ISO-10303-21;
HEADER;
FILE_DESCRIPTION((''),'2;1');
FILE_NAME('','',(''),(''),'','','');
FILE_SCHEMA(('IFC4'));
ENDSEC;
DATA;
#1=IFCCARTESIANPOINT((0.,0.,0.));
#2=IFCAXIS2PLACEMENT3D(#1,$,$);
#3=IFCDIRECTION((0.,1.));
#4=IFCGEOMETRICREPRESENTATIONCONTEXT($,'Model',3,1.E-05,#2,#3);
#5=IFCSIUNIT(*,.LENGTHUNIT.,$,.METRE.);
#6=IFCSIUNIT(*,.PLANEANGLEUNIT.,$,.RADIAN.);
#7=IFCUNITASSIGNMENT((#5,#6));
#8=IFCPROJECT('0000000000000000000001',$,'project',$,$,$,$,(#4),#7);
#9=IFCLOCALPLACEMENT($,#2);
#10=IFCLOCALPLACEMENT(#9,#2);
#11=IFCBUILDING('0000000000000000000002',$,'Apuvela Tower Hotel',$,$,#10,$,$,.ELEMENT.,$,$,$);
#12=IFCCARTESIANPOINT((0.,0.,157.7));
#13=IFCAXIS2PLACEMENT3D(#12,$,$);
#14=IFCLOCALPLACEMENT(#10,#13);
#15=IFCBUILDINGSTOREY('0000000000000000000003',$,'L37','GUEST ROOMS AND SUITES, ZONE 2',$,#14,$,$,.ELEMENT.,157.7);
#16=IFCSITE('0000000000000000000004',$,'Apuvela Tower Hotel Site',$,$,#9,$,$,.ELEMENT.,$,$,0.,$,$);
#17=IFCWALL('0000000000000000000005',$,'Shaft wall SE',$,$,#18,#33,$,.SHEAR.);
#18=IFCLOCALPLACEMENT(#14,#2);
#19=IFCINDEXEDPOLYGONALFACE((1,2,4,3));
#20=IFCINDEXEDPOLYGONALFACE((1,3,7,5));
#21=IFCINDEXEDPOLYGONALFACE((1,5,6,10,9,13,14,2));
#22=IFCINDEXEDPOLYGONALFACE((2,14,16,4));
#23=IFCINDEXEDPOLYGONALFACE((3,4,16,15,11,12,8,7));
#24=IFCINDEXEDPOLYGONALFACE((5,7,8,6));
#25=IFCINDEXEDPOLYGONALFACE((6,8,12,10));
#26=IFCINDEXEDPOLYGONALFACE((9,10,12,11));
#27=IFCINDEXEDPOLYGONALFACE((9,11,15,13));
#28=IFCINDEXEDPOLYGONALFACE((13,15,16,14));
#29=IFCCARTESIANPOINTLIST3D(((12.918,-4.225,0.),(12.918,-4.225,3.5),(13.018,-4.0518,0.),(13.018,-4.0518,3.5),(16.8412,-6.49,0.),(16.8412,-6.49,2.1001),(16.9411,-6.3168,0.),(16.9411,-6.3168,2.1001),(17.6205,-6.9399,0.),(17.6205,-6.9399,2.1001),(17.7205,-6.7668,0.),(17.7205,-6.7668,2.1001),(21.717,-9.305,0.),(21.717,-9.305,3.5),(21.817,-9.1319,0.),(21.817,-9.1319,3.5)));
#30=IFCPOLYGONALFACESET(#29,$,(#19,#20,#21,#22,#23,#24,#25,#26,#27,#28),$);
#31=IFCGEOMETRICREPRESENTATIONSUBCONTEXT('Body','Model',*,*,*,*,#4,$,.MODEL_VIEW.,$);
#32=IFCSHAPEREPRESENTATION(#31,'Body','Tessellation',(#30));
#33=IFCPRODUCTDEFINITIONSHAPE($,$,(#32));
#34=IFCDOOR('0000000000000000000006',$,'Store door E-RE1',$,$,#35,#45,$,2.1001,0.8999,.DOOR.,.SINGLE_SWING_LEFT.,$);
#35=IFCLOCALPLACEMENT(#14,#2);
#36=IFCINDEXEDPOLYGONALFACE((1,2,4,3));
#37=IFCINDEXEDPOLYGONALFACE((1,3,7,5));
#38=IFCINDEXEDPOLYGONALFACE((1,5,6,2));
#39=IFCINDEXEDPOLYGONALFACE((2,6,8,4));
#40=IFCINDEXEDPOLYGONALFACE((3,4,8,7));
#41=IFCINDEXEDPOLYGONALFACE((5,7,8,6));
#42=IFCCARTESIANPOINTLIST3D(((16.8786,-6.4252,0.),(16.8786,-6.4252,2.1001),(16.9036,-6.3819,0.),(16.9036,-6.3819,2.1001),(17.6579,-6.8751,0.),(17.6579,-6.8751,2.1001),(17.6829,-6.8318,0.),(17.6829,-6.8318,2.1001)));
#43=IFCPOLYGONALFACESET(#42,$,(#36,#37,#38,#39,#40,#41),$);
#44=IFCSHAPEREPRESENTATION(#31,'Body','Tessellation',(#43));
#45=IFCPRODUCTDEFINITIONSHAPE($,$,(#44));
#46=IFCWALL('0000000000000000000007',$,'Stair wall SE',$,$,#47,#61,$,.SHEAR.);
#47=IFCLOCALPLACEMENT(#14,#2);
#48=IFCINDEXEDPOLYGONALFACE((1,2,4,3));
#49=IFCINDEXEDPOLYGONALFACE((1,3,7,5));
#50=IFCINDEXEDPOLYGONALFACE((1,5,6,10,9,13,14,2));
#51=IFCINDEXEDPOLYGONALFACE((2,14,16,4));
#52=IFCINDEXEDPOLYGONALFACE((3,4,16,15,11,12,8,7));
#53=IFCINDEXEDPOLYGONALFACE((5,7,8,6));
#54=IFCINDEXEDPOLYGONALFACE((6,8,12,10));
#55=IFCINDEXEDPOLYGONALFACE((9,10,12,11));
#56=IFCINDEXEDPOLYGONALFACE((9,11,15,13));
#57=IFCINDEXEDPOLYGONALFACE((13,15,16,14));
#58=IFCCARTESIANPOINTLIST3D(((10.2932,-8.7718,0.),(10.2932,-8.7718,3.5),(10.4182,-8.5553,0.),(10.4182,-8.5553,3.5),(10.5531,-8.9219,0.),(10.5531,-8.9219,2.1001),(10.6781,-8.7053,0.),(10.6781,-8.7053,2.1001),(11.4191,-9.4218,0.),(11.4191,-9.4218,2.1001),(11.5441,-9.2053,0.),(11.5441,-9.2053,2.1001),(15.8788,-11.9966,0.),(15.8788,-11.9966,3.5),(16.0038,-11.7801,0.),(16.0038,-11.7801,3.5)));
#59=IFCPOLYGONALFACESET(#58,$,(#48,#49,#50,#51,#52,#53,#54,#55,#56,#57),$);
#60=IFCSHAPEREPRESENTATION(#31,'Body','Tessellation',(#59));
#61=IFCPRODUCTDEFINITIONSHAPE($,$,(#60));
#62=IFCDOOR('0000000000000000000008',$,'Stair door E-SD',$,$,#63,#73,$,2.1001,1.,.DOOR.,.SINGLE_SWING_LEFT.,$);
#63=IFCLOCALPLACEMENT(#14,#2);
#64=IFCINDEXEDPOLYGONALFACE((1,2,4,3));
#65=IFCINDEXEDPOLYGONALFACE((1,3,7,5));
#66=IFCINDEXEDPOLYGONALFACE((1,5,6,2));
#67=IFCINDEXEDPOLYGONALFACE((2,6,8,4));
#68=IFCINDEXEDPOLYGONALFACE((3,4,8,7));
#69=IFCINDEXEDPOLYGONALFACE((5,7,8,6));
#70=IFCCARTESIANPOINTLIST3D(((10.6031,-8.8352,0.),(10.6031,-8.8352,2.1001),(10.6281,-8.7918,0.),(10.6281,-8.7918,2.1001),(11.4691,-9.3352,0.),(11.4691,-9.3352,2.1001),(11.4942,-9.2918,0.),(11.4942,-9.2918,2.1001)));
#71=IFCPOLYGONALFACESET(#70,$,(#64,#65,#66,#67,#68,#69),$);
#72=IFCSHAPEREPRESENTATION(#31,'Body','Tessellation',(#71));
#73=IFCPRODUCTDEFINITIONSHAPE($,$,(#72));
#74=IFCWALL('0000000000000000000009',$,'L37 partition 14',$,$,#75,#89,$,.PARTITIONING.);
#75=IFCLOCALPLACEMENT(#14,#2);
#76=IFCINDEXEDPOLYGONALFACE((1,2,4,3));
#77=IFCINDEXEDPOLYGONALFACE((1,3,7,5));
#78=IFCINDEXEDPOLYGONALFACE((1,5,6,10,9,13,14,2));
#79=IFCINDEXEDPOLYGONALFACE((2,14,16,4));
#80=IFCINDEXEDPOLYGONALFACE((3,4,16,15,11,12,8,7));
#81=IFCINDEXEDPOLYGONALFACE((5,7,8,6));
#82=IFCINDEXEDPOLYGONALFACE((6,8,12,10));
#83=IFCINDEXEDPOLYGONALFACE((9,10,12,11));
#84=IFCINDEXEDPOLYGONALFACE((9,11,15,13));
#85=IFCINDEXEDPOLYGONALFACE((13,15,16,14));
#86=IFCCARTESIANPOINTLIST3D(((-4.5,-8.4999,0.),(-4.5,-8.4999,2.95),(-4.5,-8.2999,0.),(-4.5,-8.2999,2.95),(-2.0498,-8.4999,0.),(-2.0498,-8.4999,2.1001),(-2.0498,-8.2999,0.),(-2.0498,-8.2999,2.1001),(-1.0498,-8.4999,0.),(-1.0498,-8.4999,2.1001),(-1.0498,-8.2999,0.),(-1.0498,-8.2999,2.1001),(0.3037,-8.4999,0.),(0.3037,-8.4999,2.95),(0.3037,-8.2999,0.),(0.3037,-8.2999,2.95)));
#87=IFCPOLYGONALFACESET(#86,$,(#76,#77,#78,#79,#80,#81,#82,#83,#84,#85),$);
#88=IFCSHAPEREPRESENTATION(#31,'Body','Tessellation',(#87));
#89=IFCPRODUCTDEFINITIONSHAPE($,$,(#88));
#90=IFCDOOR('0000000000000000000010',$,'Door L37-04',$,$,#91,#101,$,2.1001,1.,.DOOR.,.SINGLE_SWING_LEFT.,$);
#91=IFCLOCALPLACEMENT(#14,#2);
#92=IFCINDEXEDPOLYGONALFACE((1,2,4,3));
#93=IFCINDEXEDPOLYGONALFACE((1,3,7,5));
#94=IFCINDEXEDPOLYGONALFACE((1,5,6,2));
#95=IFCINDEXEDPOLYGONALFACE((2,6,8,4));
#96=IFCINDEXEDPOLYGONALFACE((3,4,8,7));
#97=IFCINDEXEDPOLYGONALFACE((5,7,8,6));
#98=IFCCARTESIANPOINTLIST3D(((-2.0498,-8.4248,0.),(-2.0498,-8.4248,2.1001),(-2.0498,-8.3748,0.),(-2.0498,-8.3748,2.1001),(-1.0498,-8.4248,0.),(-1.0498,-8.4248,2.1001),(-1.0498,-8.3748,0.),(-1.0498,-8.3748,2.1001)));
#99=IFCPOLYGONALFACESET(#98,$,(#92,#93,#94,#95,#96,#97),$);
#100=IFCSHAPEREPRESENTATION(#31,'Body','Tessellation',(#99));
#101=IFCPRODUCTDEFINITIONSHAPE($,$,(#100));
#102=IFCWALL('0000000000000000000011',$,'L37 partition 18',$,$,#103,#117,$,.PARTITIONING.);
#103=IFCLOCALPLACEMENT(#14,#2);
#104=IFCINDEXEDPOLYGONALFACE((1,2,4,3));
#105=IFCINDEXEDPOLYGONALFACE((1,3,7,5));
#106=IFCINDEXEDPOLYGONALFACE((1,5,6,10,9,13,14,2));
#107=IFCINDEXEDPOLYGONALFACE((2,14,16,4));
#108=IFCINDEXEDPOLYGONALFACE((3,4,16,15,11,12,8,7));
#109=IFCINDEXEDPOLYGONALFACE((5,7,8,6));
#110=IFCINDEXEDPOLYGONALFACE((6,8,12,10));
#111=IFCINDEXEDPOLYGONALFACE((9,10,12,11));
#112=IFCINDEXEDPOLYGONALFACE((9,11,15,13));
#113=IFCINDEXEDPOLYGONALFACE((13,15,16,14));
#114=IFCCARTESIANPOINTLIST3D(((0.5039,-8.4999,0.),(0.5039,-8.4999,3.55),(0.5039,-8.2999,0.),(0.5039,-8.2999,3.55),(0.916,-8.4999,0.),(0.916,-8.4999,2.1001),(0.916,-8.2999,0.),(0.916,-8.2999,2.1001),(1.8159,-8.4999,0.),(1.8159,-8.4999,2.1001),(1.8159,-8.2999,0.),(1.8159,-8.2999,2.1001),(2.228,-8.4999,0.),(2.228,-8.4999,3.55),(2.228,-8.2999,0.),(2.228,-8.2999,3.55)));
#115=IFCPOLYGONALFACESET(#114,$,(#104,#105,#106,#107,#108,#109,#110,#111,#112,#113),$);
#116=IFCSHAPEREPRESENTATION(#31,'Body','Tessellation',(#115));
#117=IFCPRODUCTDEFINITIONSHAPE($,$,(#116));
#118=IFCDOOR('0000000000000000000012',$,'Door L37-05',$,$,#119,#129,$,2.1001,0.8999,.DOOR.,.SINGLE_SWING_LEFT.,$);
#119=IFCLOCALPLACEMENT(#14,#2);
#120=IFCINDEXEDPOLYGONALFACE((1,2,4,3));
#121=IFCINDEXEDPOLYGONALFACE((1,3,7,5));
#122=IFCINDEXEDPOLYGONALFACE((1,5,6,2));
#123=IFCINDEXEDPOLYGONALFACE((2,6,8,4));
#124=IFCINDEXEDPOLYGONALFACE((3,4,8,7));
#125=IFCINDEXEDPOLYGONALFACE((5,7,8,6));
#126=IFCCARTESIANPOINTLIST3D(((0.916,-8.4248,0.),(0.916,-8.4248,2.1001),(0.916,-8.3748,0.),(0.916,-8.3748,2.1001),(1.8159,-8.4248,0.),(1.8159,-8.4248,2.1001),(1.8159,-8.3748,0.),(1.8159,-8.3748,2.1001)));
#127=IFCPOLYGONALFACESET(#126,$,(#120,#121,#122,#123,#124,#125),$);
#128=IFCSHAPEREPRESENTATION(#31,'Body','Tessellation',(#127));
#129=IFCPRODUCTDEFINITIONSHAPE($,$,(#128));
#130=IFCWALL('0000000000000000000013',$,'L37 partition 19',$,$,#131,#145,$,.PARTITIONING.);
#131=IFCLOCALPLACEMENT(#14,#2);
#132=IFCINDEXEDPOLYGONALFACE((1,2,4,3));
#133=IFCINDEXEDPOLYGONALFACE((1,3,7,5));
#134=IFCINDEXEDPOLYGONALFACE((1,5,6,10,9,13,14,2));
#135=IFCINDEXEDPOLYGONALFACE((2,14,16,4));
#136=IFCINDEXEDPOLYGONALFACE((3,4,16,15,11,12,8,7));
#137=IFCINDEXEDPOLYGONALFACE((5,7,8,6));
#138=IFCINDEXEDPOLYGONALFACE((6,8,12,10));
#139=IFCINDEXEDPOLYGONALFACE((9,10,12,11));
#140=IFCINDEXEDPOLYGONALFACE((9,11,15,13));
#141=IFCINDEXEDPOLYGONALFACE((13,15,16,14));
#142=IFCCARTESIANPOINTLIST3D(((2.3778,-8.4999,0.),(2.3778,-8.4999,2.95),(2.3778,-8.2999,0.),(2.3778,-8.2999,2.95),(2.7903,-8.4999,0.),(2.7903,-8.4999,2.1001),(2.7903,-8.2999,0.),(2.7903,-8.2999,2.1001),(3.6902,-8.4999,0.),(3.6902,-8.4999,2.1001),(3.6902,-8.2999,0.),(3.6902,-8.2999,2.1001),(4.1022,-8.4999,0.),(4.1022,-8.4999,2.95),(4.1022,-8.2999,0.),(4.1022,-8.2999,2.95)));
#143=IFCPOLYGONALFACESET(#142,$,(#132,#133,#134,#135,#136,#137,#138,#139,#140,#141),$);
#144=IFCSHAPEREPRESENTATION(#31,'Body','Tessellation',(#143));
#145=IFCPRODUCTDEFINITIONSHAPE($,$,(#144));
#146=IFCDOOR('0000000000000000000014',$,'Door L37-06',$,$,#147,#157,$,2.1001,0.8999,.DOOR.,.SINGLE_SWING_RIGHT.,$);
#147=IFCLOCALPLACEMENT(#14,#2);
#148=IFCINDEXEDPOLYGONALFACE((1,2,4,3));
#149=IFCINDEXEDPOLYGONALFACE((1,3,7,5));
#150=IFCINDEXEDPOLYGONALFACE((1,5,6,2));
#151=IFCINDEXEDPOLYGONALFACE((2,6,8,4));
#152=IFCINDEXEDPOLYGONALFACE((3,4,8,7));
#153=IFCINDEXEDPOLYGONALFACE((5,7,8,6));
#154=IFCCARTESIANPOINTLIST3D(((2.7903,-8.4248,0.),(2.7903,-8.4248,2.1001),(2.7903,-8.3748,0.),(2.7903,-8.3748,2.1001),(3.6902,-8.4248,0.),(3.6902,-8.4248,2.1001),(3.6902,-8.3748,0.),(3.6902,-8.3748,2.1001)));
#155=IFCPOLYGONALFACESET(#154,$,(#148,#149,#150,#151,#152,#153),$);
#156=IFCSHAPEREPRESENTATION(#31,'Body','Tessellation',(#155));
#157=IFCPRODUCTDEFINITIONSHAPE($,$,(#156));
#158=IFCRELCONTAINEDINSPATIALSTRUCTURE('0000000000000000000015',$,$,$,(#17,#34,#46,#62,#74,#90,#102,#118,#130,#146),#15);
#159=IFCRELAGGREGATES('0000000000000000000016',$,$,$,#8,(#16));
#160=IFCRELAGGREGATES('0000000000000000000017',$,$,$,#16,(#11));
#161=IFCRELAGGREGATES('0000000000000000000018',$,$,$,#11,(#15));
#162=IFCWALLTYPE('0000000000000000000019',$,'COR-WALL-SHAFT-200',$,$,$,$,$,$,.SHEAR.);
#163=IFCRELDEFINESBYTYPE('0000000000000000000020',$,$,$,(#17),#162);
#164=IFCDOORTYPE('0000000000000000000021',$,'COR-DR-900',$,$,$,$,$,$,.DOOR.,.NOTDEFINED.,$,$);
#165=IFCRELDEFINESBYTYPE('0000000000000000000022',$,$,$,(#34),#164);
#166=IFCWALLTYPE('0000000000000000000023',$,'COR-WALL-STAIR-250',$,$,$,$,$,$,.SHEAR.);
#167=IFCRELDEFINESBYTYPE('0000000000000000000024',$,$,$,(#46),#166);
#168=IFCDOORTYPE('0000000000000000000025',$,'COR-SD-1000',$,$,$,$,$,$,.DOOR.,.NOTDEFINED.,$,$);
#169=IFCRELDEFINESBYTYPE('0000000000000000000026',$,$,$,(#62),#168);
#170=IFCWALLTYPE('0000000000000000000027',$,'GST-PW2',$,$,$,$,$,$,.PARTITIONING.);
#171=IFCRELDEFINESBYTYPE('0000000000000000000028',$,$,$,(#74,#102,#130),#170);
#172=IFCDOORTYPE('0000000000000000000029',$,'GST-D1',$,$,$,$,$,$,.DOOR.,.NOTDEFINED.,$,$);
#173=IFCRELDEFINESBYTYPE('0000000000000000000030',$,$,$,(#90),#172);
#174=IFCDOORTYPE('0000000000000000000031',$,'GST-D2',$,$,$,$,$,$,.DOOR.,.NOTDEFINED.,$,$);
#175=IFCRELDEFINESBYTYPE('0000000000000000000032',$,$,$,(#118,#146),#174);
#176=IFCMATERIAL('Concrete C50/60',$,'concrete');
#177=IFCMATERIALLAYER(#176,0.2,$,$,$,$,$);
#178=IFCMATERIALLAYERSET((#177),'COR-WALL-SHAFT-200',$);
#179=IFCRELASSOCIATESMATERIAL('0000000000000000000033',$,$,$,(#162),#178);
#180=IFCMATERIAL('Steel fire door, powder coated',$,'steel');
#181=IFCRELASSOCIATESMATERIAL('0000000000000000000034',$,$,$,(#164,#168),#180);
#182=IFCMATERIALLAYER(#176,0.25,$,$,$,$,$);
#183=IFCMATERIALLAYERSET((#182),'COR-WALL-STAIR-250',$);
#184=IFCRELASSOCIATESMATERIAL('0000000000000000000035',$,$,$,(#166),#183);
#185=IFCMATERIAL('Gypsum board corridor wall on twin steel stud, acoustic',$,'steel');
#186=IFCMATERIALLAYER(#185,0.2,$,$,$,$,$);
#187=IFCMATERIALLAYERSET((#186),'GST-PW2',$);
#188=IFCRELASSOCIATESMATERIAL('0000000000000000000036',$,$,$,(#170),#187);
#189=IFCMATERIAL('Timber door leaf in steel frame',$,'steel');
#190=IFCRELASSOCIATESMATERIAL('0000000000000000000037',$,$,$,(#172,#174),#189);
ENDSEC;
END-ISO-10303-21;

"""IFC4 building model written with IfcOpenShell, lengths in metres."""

from ifc_helpers import new_model, si_unit, direction, frame, frame_2d, origin, place, context, subcontext, project, spatial, rectangle, extrude, material, layer, layer_set, type_object, element, fill, save


model = new_model("IFC4")

# Units and contexts
model_context = context("Model", 3, precision=1e-05, world=origin(), true_north=direction((0.0, 1.0)))
body_context = subcontext(model_context, "Body", "Model", "MODEL_VIEW")
ifc_project = project(units=[si_unit("LENGTHUNIT", "METRE"), si_unit("PLANEANGLEUNIT", "RADIAN")], contexts=[model_context])

# Site, building, storey
site_placement = place(None, origin())
site = spatial("IfcSite", under=ifc_project, at=site_placement, Name="Apuvela Tower Hotel Site", CompositionType="ELEMENT", RefElevation=0.0)
building_placement = place(site_placement, origin())
building = spatial("IfcBuilding", under=site, at=building_placement, Name="Apuvela Tower Hotel", CompositionType="ELEMENT")
storey_placement = place(building_placement, frame((0.0, 0.0, 157.7)))
storey = spatial("IfcBuildingStorey", under=building, at=storey_placement, Name="L37", Description="GUEST ROOMS AND SUITES, ZONE 2", CompositionType="ELEMENT", Elevation=157.7)

# Shared definitions
ifc_material_1 = material(Name="Concrete C50/60", Category="concrete")
ifc_material_2 = material(Name="Steel fire door, powder coated", Category="steel")

# Shared definitions
ifc_layer_1 = layer(ifc_material_1, 0.2)
ifc_layer_set_1 = layer_set([ifc_layer_1], Name="COR-WALL-SHAFT-200")
wall_type_1 = type_object("IfcWallType", Name="COR-WALL-SHAFT-200", PredefinedType="SHEAR", material=ifc_layer_set_1)

# Walls, openings, doors
wall_1_placement = place(storey_placement, frame((12.968, -4.1384, 0.0), z_axis=(0.0, 0.0, 1.0), x_axis=(0.866028, -0.499995, 0.0)))
wall_1 = element("IfcWall", 1, at=wall_1_placement, inside=storey, type_object=wall_type_1, Name="Shaft wall SE", PredefinedType="SHEAR", context=body_context, shape_type="SweptSolid", body=[
    extrude(rectangle(XDim=10.1602, YDim=0.2, at=frame_2d((5.0801, 0.0))), origin(), (0.0, 0.0, 1.0), 3.5),
])
opening_1_placement = place(wall_1_placement, frame((4.53, 0.0, 0.0)))
opening_1 = element("IfcOpeningElement", 2, at=opening_1_placement, cuts=wall_1, PredefinedType="OPENING", context=body_context, shape_type="SweptSolid", body=[
    extrude(rectangle(XDim=0.8999, YDim=2.1001, at=frame_2d((0.45, 1.05))), frame((0.0, 0.1099, 0.0), z_axis=(0.0, -1.0, 0.0), x_axis=(1.0, 0.0, 0.0)), (0.0, 0.0, 1.0), 0.22),
])
door_type_1 = type_object("IfcDoorType", Name="COR-DR-900", OperationType="NOTDEFINED", PredefinedType="DOOR", material=ifc_material_2)
door_1_placement = place(opening_1_placement, origin())
door_1 = element("IfcDoor", 3, at=door_1_placement, inside=storey, type_object=door_type_1, Name="Store door E-RE1", OperationType="SINGLE_SWING_LEFT", OverallHeight=2.1001, OverallWidth=0.8999, PredefinedType="DOOR", context=body_context, shape_type="SweptSolid", body=[
    extrude(rectangle(XDim=0.8999, YDim=2.1001, at=frame_2d((0.45, 1.05))), frame((0.0, 0.0249, 0.0), z_axis=(0.0, -1.0, 0.0), x_axis=(1.0, 0.0, 0.0)), (0.0, 0.0, 1.0), 0.05),
])
fill(opening_1, door_1)
ifc_layer_2 = layer(ifc_material_1, 0.25)
ifc_layer_set_2 = layer_set([ifc_layer_2], Name="COR-WALL-STAIR-250")
wall_type_2 = type_object("IfcWallType", Name="COR-WALL-STAIR-250", PredefinedType="SHEAR", material=ifc_layer_set_2)
wall_2_placement = place(storey_placement, frame((10.3557, -8.6636, 0.0), z_axis=(0.0, 0.0, 1.0), x_axis=(0.866029, -0.499994, 0.0)))
wall_2 = element("IfcWall", 4, at=wall_2_placement, inside=storey, type_object=wall_type_2, Name="Stair wall SE", PredefinedType="SHEAR", context=body_context, shape_type="SweptSolid", body=[
    extrude(rectangle(XDim=6.4497, YDim=0.25, at=frame_2d((3.2249, 0.0))), origin(), (0.0, 0.0, 1.0), 3.5),
])
opening_2_placement = place(wall_2_placement, frame((0.3, 0.0, 0.0)))
opening_2 = element("IfcOpeningElement", 5, at=opening_2_placement, cuts=wall_2, PredefinedType="OPENING", context=body_context, shape_type="SweptSolid", body=[
    extrude(rectangle(XDim=1.0, YDim=2.1001, at=frame_2d((0.5, 1.05))), frame((0.0, 0.135, 0.0), z_axis=(0.0, -1.0, 0.0), x_axis=(1.0, 0.0, 0.0)), (0.0, 0.0, 1.0), 0.27),
])
door_type_2 = type_object("IfcDoorType", Name="COR-SD-1000", OperationType="NOTDEFINED", PredefinedType="DOOR", material=ifc_material_2)
door_2_placement = place(opening_2_placement, frame((1.0, 0.0, 0.0), z_axis=(0.0, 0.0, 1.0), x_axis=(-1.0, 0.0, 0.0)))
door_2 = element("IfcDoor", 6, at=door_2_placement, inside=storey, type_object=door_type_2, Name="Stair door E-SD", OperationType="SINGLE_SWING_LEFT", OverallHeight=2.1001, OverallWidth=1.0, PredefinedType="DOOR", context=body_context, shape_type="SweptSolid", body=[
    extrude(rectangle(XDim=1.0, YDim=2.1001, at=frame_2d((0.5, 1.05))), frame((0.0, 0.0249, 0.0), z_axis=(0.0, -1.0, 0.0), x_axis=(1.0, 0.0, 0.0)), (0.0, 0.0, 1.0), 0.05),
])
fill(opening_2, door_2)
ifc_material_3 = material(Name="Gypsum board corridor wall on twin steel stud, acoustic", Category="steel")
ifc_layer_3 = layer(ifc_material_3, 0.2)
ifc_layer_set_3 = layer_set([ifc_layer_3], Name="GST-PW2")
wall_type_3 = type_object("IfcWallType", Name="GST-PW2", PredefinedType="PARTITIONING", material=ifc_layer_set_3)
wall_3_placement = place(storey_placement, frame((0.3037, -8.3999, 0.0), z_axis=(0.0, 0.0, 1.0), x_axis=(-1.0, 0.0, 0.0)))
wall_3 = element("IfcWall", 7, at=wall_3_placement, inside=storey, type_object=wall_type_3, Name="L37 partition 14", PredefinedType="PARTITIONING", context=body_context, shape_type="SweptSolid", body=[
    extrude(rectangle(XDim=4.8037, YDim=0.2, at=frame_2d((2.4019, 0.0))), origin(), (0.0, 0.0, 1.0), 2.95),
])
opening_3_placement = place(wall_3_placement, frame((1.3535, 0.0, 0.0)))
opening_3 = element("IfcOpeningElement", 8, at=opening_3_placement, cuts=wall_3, PredefinedType="OPENING", context=body_context, shape_type="SweptSolid", body=[
    extrude(rectangle(XDim=1.0, YDim=2.1001, at=frame_2d((0.5, 1.05))), frame((0.0, 0.1099, 0.0), z_axis=(0.0, -1.0, 0.0), x_axis=(1.0, 0.0, 0.0)), (0.0, 0.0, 1.0), 0.22),
])
ifc_material_4 = material(Name="Timber door leaf in steel frame", Category="steel")
door_type_3 = type_object("IfcDoorType", Name="GST-D1", OperationType="NOTDEFINED", PredefinedType="DOOR", material=ifc_material_4)
door_3_placement = place(opening_3_placement, origin())
door_3 = element("IfcDoor", 9, at=door_3_placement, inside=storey, type_object=door_type_3, Name="Door L37-04", OperationType="SINGLE_SWING_LEFT", OverallHeight=2.1001, OverallWidth=1.0, PredefinedType="DOOR", context=body_context, shape_type="SweptSolid", body=[
    extrude(rectangle(XDim=1.0, YDim=2.1001, at=frame_2d((0.5, 1.05))), frame((0.0, 0.0249, 0.0), z_axis=(0.0, -1.0, 0.0), x_axis=(1.0, 0.0, 0.0)), (0.0, 0.0, 1.0), 0.05),
])
fill(opening_3, door_3)
wall_4_placement = place(storey_placement, frame((2.228, -8.3999, 0.0), z_axis=(0.0, 0.0, 1.0), x_axis=(-1.0, 0.0, 0.0)))
wall_4 = element("IfcWall", 10, at=wall_4_placement, inside=storey, type_object=wall_type_3, Name="L37 partition 18", PredefinedType="PARTITIONING", context=body_context, shape_type="SweptSolid", body=[
    extrude(rectangle(XDim=1.7241, YDim=0.2, at=frame_2d((0.8621, 0.0))), origin(), (0.0, 0.0, 1.0), 3.55),
])
opening_4_placement = place(wall_4_placement, frame((0.4121, 0.0, 0.0)))
opening_4 = element("IfcOpeningElement", 11, at=opening_4_placement, cuts=wall_4, PredefinedType="OPENING", context=body_context, shape_type="SweptSolid", body=[
    extrude(rectangle(XDim=0.8999, YDim=2.1001, at=frame_2d((0.45, 1.05))), frame((0.0, 0.1099, 0.0), z_axis=(0.0, -1.0, 0.0), x_axis=(1.0, 0.0, 0.0)), (0.0, 0.0, 1.0), 0.22),
])
door_type_4 = type_object("IfcDoorType", Name="GST-D2", OperationType="NOTDEFINED", PredefinedType="DOOR", material=ifc_material_4)
door_4_placement = place(opening_4_placement, origin())
door_4 = element("IfcDoor", 12, at=door_4_placement, inside=storey, type_object=door_type_4, Name="Door L37-05", OperationType="SINGLE_SWING_LEFT", OverallHeight=2.1001, OverallWidth=0.8999, PredefinedType="DOOR", context=body_context, shape_type="SweptSolid", body=[
    extrude(rectangle(XDim=0.8999, YDim=2.1001, at=frame_2d((0.45, 1.05))), frame((0.0, 0.0249, 0.0), z_axis=(0.0, -1.0, 0.0), x_axis=(1.0, 0.0, 0.0)), (0.0, 0.0, 1.0), 0.05),
])
fill(opening_4, door_4)
wall_5_placement = place(storey_placement, frame((4.1023, -8.3999, 0.0), z_axis=(0.0, 0.0, 1.0), x_axis=(-1.0, 0.0, 0.0)))
wall_5 = element("IfcWall", 13, at=wall_5_placement, inside=storey, type_object=wall_type_3, Name="L37 partition 19", PredefinedType="PARTITIONING", context=body_context, shape_type="SweptSolid", body=[
    extrude(rectangle(XDim=1.7244, YDim=0.2, at=frame_2d((0.8623, 0.0))), origin(), (0.0, 0.0, 1.0), 2.95),
])
opening_5_placement = place(wall_5_placement, frame((0.4121, 0.0, 0.0)))
opening_5 = element("IfcOpeningElement", 14, at=opening_5_placement, cuts=wall_5, PredefinedType="OPENING", context=body_context, shape_type="SweptSolid", body=[
    extrude(rectangle(XDim=0.8999, YDim=2.1001, at=frame_2d((0.45, 1.05))), frame((0.0, 0.1099, 0.0), z_axis=(0.0, -1.0, 0.0), x_axis=(1.0, 0.0, 0.0)), (0.0, 0.0, 1.0), 0.22),
])
door_5_placement = place(opening_5_placement, origin())
door_5 = element("IfcDoor", 15, at=door_5_placement, inside=storey, type_object=door_type_4, Name="Door L37-06", OperationType="SINGLE_SWING_RIGHT", OverallHeight=2.1001, OverallWidth=0.8999, PredefinedType="DOOR", context=body_context, shape_type="SweptSolid", body=[
    extrude(rectangle(XDim=0.8999, YDim=2.1001, at=frame_2d((0.45, 1.05))), frame((0.0, 0.0249, 0.0), z_axis=(0.0, -1.0, 0.0), x_axis=(1.0, 0.0, 0.0)), (0.0, 0.0, 1.0), 0.05),
])
fill(opening_5, door_5)

save(model, "model.ifc")
